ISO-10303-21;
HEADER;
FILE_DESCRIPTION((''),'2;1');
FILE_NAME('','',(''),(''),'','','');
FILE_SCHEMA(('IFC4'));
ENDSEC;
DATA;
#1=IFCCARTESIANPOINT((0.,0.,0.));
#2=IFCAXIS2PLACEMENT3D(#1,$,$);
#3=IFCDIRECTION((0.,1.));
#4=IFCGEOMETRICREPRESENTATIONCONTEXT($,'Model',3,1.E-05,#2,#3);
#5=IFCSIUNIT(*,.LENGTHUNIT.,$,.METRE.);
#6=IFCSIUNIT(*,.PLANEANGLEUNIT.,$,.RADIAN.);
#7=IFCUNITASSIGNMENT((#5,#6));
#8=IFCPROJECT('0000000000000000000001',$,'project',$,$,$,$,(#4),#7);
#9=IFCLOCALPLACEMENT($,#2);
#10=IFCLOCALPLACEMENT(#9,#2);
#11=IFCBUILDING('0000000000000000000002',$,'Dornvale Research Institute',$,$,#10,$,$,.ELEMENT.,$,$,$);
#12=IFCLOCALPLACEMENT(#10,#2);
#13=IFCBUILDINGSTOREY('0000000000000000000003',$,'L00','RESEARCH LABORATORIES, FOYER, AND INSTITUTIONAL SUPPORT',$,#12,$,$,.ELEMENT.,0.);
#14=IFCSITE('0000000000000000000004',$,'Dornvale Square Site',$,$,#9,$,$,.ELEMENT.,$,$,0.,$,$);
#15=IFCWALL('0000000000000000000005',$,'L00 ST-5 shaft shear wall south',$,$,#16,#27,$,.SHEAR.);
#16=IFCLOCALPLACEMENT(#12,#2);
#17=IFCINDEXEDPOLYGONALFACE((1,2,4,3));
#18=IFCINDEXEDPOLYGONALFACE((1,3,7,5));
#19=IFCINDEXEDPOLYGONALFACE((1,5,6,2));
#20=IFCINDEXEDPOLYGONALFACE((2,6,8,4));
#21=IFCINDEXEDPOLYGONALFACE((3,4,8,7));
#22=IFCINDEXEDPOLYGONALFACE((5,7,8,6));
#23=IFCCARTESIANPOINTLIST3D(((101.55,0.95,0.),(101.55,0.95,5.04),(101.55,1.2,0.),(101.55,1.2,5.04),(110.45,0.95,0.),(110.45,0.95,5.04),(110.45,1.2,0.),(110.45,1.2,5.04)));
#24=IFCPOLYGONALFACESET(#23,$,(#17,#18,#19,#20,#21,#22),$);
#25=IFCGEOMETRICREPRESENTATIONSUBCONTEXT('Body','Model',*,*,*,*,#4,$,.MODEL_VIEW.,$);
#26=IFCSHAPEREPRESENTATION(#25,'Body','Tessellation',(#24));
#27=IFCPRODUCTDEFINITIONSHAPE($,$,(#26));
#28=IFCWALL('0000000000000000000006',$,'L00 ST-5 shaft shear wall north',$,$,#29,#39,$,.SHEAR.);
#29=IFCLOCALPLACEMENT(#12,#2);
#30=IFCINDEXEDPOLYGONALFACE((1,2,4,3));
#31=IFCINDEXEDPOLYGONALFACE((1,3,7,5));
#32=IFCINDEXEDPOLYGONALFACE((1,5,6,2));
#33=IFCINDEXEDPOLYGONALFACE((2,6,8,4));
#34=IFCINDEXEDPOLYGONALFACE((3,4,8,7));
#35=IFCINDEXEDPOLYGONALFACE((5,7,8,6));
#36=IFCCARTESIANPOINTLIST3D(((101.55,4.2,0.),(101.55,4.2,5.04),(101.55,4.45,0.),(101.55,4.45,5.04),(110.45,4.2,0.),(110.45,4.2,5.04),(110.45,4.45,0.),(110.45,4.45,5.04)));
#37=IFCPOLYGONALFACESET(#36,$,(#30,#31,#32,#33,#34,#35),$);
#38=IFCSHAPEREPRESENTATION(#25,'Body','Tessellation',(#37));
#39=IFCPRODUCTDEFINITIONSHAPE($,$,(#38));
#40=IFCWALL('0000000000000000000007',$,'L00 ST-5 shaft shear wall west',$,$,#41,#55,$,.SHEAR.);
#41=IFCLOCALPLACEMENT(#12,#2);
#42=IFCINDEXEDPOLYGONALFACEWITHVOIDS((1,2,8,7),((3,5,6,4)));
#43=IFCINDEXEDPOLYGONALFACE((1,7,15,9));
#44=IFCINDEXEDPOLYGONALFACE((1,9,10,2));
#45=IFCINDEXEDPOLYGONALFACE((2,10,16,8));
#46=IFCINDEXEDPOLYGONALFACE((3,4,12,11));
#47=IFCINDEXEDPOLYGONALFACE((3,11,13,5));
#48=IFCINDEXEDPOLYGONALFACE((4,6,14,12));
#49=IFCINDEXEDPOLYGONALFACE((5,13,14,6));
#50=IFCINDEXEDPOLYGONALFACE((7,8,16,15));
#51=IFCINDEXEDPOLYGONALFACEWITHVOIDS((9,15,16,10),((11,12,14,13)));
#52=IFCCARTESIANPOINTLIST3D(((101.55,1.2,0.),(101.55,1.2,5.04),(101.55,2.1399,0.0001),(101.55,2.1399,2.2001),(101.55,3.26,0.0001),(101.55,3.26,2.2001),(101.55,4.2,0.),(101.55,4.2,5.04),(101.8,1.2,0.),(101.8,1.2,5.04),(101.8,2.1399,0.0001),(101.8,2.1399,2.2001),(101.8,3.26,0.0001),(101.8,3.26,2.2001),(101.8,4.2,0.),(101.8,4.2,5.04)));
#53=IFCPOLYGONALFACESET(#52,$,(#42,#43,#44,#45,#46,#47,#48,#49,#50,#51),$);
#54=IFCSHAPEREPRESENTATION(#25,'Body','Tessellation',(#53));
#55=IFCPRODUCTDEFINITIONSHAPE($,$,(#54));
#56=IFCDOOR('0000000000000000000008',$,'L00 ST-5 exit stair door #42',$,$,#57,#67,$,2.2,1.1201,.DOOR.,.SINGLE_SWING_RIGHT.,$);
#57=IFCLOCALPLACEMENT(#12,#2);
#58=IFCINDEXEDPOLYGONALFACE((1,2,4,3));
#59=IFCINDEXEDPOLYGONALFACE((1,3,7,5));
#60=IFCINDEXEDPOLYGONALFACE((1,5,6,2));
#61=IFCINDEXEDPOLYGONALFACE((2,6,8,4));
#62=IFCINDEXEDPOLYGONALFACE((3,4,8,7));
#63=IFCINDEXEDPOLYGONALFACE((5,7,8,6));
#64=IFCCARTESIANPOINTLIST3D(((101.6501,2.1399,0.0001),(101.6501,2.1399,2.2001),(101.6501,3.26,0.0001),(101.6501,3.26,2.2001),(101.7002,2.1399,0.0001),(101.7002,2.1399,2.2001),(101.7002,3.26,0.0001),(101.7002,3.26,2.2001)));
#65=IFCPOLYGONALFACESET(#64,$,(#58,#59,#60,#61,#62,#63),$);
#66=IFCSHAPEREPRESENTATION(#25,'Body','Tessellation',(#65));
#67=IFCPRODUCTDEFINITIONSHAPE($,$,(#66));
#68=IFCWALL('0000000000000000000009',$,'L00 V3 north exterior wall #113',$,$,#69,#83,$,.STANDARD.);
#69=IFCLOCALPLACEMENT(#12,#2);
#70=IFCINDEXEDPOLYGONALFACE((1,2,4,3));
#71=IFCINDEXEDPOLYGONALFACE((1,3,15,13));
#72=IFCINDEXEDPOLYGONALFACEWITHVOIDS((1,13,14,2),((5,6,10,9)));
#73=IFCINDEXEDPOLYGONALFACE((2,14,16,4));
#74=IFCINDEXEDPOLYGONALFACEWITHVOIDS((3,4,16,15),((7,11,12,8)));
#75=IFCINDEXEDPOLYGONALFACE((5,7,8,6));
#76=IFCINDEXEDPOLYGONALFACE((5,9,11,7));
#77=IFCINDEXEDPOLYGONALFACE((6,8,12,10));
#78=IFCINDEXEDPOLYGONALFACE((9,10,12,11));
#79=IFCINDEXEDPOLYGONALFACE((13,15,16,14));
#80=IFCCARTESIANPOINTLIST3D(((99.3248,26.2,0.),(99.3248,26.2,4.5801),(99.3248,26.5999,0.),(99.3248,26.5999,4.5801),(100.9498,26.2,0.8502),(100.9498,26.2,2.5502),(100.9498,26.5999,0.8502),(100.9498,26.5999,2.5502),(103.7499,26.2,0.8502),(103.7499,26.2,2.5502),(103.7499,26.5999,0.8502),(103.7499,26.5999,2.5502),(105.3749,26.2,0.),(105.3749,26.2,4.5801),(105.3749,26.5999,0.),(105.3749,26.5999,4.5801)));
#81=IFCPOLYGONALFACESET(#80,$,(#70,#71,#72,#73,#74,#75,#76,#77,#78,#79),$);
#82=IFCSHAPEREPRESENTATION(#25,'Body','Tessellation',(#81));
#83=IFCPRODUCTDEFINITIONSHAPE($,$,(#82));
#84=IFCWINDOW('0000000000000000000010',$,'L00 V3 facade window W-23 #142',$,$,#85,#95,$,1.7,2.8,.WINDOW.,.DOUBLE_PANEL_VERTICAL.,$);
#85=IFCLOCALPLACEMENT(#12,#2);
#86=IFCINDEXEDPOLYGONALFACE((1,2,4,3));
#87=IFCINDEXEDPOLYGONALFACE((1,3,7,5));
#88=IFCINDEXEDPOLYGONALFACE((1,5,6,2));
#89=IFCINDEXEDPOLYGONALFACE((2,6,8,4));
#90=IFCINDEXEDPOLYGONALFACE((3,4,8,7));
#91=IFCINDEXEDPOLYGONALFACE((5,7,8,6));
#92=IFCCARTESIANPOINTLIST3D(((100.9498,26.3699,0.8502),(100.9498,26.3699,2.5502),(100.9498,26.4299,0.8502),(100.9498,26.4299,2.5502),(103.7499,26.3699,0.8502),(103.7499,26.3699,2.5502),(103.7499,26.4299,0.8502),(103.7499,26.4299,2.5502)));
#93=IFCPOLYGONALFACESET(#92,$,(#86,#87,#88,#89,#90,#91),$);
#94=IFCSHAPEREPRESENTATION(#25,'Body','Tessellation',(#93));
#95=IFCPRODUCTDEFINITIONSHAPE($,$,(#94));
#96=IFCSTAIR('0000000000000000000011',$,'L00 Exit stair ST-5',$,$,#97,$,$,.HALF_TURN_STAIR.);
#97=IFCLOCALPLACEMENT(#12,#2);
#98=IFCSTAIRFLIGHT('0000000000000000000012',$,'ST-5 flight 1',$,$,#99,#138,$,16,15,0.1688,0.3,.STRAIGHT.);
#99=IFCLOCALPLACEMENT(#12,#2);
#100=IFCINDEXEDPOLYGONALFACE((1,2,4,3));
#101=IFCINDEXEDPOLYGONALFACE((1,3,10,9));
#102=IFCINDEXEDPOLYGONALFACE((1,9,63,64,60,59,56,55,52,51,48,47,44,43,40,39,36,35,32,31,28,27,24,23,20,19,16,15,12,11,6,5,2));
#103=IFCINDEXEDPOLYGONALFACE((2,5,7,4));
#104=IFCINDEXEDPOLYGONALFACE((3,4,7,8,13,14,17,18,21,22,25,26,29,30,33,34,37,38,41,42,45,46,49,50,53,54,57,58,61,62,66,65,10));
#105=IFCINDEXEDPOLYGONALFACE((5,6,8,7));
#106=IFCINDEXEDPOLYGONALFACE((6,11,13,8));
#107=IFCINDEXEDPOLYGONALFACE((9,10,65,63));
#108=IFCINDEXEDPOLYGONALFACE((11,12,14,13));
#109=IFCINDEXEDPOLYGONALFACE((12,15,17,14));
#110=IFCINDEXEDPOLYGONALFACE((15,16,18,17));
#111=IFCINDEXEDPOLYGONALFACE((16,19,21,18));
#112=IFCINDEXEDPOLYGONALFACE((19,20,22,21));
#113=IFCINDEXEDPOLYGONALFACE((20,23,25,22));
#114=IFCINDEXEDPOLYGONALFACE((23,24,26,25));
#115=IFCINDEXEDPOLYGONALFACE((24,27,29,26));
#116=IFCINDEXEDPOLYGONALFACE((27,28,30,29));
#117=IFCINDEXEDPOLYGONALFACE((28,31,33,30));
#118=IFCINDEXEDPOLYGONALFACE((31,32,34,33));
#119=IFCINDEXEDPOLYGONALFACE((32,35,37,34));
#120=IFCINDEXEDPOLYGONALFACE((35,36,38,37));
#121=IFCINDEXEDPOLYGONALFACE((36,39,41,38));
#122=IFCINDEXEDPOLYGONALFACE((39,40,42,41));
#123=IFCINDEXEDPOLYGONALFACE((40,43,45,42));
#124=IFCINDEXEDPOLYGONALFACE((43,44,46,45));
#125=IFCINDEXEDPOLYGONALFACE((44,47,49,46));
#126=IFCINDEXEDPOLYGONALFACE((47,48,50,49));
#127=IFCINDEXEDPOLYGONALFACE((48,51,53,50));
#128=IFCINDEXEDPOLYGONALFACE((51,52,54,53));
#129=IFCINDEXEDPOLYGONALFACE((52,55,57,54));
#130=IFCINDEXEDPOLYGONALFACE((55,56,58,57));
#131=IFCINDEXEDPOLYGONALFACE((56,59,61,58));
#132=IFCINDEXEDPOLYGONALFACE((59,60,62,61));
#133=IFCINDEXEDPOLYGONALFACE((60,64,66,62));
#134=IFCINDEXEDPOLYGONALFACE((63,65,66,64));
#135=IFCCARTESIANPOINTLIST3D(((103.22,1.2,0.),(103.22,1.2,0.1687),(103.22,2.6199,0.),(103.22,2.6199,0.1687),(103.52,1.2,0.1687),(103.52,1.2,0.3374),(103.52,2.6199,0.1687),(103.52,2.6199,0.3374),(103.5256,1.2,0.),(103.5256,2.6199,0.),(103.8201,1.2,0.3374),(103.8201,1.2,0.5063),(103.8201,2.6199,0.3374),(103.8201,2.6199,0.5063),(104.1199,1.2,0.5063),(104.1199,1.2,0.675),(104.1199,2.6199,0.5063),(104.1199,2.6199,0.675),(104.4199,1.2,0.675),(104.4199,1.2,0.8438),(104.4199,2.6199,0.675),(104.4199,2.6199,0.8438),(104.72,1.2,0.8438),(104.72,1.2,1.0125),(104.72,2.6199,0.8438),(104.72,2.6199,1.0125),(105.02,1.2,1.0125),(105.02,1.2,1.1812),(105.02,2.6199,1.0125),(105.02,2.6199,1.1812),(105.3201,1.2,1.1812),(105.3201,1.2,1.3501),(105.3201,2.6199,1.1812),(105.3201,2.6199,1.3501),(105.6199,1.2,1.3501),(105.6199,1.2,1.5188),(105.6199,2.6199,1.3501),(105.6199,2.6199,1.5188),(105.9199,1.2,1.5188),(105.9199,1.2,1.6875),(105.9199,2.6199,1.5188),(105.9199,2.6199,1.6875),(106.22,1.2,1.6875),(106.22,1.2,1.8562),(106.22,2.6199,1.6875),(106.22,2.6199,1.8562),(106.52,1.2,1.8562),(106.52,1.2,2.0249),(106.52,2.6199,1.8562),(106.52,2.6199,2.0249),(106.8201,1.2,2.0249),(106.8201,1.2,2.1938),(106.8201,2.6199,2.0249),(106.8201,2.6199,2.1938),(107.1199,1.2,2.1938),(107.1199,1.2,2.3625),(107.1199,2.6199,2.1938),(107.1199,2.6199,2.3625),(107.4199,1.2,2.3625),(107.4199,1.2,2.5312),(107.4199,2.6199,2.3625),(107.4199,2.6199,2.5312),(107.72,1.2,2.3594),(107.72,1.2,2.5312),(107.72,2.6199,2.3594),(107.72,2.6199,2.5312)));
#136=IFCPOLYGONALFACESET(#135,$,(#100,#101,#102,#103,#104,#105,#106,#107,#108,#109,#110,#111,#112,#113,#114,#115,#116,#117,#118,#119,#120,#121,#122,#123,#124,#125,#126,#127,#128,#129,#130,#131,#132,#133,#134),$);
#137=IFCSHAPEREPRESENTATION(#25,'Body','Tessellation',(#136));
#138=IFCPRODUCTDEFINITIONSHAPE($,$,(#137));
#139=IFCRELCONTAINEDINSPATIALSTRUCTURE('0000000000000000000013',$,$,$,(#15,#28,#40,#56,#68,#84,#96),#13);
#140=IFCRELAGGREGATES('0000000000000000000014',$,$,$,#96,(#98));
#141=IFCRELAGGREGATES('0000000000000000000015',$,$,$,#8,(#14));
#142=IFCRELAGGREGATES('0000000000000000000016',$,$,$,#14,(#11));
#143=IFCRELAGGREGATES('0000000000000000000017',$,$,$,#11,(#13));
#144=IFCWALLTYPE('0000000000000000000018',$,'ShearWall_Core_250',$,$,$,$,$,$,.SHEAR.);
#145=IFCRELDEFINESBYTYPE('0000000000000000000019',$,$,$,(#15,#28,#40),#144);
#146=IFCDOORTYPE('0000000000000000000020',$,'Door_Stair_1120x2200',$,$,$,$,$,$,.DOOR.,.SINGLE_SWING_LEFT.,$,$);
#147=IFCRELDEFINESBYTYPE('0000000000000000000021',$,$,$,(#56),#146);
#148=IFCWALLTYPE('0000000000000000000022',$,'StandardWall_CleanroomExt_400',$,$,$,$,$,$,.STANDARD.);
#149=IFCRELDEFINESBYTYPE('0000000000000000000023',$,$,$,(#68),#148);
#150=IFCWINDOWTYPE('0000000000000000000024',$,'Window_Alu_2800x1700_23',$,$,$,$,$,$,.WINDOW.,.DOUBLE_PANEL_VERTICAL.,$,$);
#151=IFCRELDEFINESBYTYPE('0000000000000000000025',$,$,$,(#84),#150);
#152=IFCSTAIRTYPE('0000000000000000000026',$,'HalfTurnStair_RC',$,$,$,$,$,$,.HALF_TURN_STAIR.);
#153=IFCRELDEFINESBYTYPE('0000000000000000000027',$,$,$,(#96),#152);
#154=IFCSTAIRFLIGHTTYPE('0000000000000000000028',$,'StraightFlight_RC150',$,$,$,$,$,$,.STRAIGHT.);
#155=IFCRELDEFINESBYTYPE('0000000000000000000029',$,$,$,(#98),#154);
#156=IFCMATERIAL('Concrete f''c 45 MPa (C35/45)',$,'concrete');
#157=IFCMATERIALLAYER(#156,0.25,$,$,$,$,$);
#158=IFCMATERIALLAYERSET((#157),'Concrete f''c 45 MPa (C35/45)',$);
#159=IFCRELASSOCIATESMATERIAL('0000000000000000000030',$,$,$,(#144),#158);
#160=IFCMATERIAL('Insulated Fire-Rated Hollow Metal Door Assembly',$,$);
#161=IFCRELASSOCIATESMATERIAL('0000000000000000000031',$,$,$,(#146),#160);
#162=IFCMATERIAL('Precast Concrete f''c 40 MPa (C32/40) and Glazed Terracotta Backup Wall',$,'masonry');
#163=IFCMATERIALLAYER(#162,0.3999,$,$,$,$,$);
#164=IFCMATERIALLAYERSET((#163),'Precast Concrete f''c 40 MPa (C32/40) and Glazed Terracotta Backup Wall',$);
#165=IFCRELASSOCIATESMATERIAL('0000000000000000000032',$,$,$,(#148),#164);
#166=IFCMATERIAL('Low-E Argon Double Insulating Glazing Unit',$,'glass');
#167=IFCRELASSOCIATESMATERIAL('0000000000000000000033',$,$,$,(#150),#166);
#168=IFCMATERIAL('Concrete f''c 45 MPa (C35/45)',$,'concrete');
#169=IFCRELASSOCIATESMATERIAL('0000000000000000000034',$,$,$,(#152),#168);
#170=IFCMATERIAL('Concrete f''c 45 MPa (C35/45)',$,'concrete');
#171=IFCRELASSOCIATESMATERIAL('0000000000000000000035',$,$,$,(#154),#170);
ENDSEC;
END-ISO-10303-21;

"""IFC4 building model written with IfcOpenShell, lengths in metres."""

from ifc_helpers import new_model, si_unit, direction, frame, frame_2d, origin, place, context, subcontext, project, spatial, polyline, rectangle, outline, extrude, material, layer, layer_set, type_object, element, fill, aggregate, save


model = new_model("IFC4")

# Units and contexts
model_context = context("Model", 3, precision=1e-05, world=origin(), true_north=direction((0.0, 1.0)))
body_context = subcontext(model_context, "Body", "Model", "MODEL_VIEW")
ifc_project = project(units=[si_unit("LENGTHUNIT", "METRE"), si_unit("PLANEANGLEUNIT", "RADIAN")], contexts=[model_context])

# Site, building, storey
site_placement = place(None, origin())
site = spatial("IfcSite", under=ifc_project, at=site_placement, Name="Dornvale Square Site", CompositionType="ELEMENT", RefElevation=0.0)
building_placement = place(site_placement, origin())
building = spatial("IfcBuilding", under=site, at=building_placement, Name="Dornvale Research Institute", CompositionType="ELEMENT")
storey_placement = place(building_placement, origin())
storey = spatial("IfcBuildingStorey", under=building, at=storey_placement, Name="L00", Description="RESEARCH LABORATORIES, FOYER, AND INSTITUTIONAL SUPPORT", CompositionType="ELEMENT", Elevation=0.0)

# Walls
ifc_material_1 = material(Name="Concrete f'c 45 MPa (C35/45)", Category="concrete")
ifc_layer_1 = layer(ifc_material_1, 0.25)
ifc_layer_set_1 = layer_set([ifc_layer_1], Name="Concrete f'c 45 MPa (C35/45)")
wall_type_1 = type_object("IfcWallType", Name="ShearWall_Core_250", PredefinedType="SHEAR", material=ifc_layer_set_1)
for number, where, z_axis, x_axis, name in (
    (1, (101.55, 1.075, 0.0), (0.0, 0.0, 1.0), (1.0, 0.0, 0.0), "L00 ST-5 shaft shear wall south"),
    (2, (101.55, 4.325, 0.0), (0.0, 0.0, 1.0), (1.0, 0.0, 0.0), "L00 ST-5 shaft shear wall north"),
):
    element("IfcWall", number, at=place(storey_placement, frame(where, z_axis=z_axis, x_axis=x_axis)), inside=storey, type_object=wall_type_1, Name=name, PredefinedType="SHEAR", context=body_context, shape_type="SweptSolid", body=[
        extrude(rectangle(XDim=8.8999, YDim=0.25, at=frame_2d((4.45, 0.0))), origin(), (0.0, 0.0, 1.0), 5.04),
    ])

# Wall, opening, door
wall_1_placement = place(storey_placement, frame((101.675, 1.2, 0.0), z_axis=(0.0, 0.0, 1.0), x_axis=(0.0, 1.0, 0.0)))
wall_1 = element("IfcWall", 3, at=wall_1_placement, inside=storey, type_object=wall_type_1, Name="L00 ST-5 shaft shear wall west", PredefinedType="SHEAR", context=body_context, shape_type="SweptSolid", body=[
    extrude(rectangle(XDim=3.0, YDim=0.25, at=frame_2d((1.5, 0.0))), origin(), (0.0, 0.0, 1.0), 5.04),
])
opening_1_placement = place(wall_1_placement, frame((0.9399, 0.0, 0.0)))
opening_1 = element("IfcOpeningElement", 4, at=opening_1_placement, cuts=wall_1, PredefinedType="OPENING", context=body_context, shape_type="SweptSolid", body=[
    extrude(rectangle(XDim=1.1201, YDim=2.2, at=frame_2d((0.5601, 1.1001))), frame((0.0, 0.1399, 0.0), z_axis=(0.0, -1.0, 0.0), x_axis=(1.0, 0.0, 0.0)), (0.0, 0.0, 1.0), 0.28),
])
ifc_material_2 = material(Name="Insulated Fire-Rated Hollow Metal Door Assembly")
door_type_1 = type_object("IfcDoorType", Name="Door_Stair_1120x2200", OperationType="SINGLE_SWING_LEFT", PredefinedType="DOOR", material=ifc_material_2)
door_1_placement = place(opening_1_placement, origin())
door_1 = element("IfcDoor", 5, at=door_1_placement, inside=storey, type_object=door_type_1, Name="L00 ST-5 exit stair door #42", OperationType="SINGLE_SWING_RIGHT", OverallHeight=2.2, OverallWidth=1.1201, PredefinedType="DOOR", context=body_context, shape_type="SweptSolid", body=[
    extrude(rectangle(XDim=1.1201, YDim=2.2, at=frame_2d((0.5601, 1.1001))), frame((0.0, 0.0249, 0.0), z_axis=(0.0, -1.0, 0.0), x_axis=(1.0, 0.0, 0.0)), (0.0, 0.0, 1.0), 0.05),
])
fill(opening_1, door_1)

# Wall, opening, window
ifc_material_3 = material(Name="Precast Concrete f'c 40 MPa (C32/40) and Glazed Terracotta Backup Wall", Category="masonry")
ifc_layer_2 = layer(ifc_material_3, 0.3999)
ifc_layer_set_2 = layer_set([ifc_layer_2], Name="Precast Concrete f'c 40 MPa (C32/40) and Glazed Terracotta Backup Wall")
wall_type_2 = type_object("IfcWallType", Name="StandardWall_CleanroomExt_400", PredefinedType="STANDARD", material=ifc_layer_set_2)
wall_2_placement = place(storey_placement, frame((99.325, 26.3999, 0.0), z_axis=(0.0, 0.0, 1.0), x_axis=(1.0, 0.0, 0.0)))
wall_2 = element("IfcWall", 6, at=wall_2_placement, inside=storey, type_object=wall_type_2, Name="L00 V3 north exterior wall #113", PredefinedType="STANDARD", context=body_context, shape_type="SweptSolid", body=[
    extrude(rectangle(XDim=6.05, YDim=0.3999, at=frame_2d((3.0249, 0.0))), origin(), (0.0, 0.0, 1.0), 4.5801),
])
opening_2_placement = place(wall_2_placement, frame((1.625, 0.0, 0.8501)))
opening_2 = element("IfcOpeningElement", 7, at=opening_2_placement, cuts=wall_2, PredefinedType="OPENING", context=body_context, shape_type="SweptSolid", body=[
    extrude(rectangle(XDim=2.8, YDim=1.7, at=frame_2d((1.3999, 0.8501))), frame((0.0, 0.2148, 0.0), z_axis=(0.0, -1.0, 0.0), x_axis=(1.0, 0.0, 0.0)), (0.0, 0.0, 1.0), 0.4299),
])
ifc_material_4 = material(Name="Low-E Argon Double Insulating Glazing Unit", Category="glass")
window_type = type_object("IfcWindowType", Name="Window_Alu_2800x1700_23", PartitioningType="DOUBLE_PANEL_VERTICAL", PredefinedType="WINDOW", material=ifc_material_4)
window_placement = place(opening_2_placement, origin())
window = element("IfcWindow", 8, at=window_placement, inside=storey, type_object=window_type, Name="L00 V3 facade window W-23 #142", OverallHeight=1.7, OverallWidth=2.8, PartitioningType="DOUBLE_PANEL_VERTICAL", PredefinedType="WINDOW", context=body_context, shape_type="SweptSolid", body=[
    extrude(rectangle(XDim=2.8, YDim=1.7, at=frame_2d((1.3999, 0.8501))), frame((0.0, 0.03, 0.0), z_axis=(0.0, -1.0, 0.0), x_axis=(1.0, 0.0, 0.0)), (0.0, 0.0, 1.0), 0.0601),
])
fill(opening_2, window)

# Stair, stair flight
ifc_material_5 = material(Name="Concrete f'c 45 MPa (C35/45)", Category="concrete")
stair_type = type_object("IfcStairType", Name="HalfTurnStair_RC", PredefinedType="HALF_TURN_STAIR", material=ifc_material_5)
stair_placement = place(storey_placement, origin())
stair = element("IfcStair", 9, at=stair_placement, inside=storey, type_object=stair_type, Name="L00 Exit stair ST-5", PredefinedType="HALF_TURN_STAIR")
ifc_material_6 = material(Name="Concrete f'c 45 MPa (C35/45)", Category="concrete")
stair_flight_type = type_object("IfcStairFlightType", Name="StraightFlight_RC150", PredefinedType="STRAIGHT", material=ifc_material_6)
stair_flight_placement = place(storey_placement, frame((103.22, 1.9099, 0.0), z_axis=(0.0, 0.0, 1.0), x_axis=(1.0, 0.0, 0.0)))
stair_flight = element("IfcStairFlight", 10, at=stair_flight_placement, type_object=stair_flight_type, Name="ST-5 flight 1", NumberOfRisers=16, NumberOfTreads=15, PredefinedType="STRAIGHT", RiserHeight=0.1688, TreadLength=0.3, context=body_context, shape_type="SweptSolid", body=[
    extrude(outline(polyline([(0.0, 0.0), (0.0, 0.1687), (0.3, 0.1687), (0.3, 0.3374), (0.6001, 0.3374), (0.6001, 0.5063), (0.8999, 0.5063), (0.8999, 0.675), (1.2, 0.675), (1.2, 0.8438), (1.5, 0.8438), (1.5, 1.0125), (1.8, 1.0125), (1.8, 1.1812), (2.1001, 1.1812), (2.1001, 1.3501), (2.3999, 1.3501), (2.3999, 1.5188), (2.7, 1.5188), (2.7, 1.6875), (3.0, 1.6875), (3.0, 1.8562), (3.3, 1.8562), (3.3, 2.0249), (3.6001, 2.0249), (3.6001, 2.1938), (3.8999, 2.1938), (3.8999, 2.3625), (4.2, 2.3625), (4.2, 2.5312), (4.5, 2.5312), (4.5, 2.7), (4.5, 2.3594), (0.3057, 0.0), (0.0, 0.0)])), frame((0.0, 0.71, 0.0), z_axis=(0.0, -1.0, 0.0), x_axis=(1.0, 0.0, 0.0)), (0.0, 0.0, 1.0), 1.4199),
])
aggregate(stair, [stair_flight])

save(model, "model.ifc")
